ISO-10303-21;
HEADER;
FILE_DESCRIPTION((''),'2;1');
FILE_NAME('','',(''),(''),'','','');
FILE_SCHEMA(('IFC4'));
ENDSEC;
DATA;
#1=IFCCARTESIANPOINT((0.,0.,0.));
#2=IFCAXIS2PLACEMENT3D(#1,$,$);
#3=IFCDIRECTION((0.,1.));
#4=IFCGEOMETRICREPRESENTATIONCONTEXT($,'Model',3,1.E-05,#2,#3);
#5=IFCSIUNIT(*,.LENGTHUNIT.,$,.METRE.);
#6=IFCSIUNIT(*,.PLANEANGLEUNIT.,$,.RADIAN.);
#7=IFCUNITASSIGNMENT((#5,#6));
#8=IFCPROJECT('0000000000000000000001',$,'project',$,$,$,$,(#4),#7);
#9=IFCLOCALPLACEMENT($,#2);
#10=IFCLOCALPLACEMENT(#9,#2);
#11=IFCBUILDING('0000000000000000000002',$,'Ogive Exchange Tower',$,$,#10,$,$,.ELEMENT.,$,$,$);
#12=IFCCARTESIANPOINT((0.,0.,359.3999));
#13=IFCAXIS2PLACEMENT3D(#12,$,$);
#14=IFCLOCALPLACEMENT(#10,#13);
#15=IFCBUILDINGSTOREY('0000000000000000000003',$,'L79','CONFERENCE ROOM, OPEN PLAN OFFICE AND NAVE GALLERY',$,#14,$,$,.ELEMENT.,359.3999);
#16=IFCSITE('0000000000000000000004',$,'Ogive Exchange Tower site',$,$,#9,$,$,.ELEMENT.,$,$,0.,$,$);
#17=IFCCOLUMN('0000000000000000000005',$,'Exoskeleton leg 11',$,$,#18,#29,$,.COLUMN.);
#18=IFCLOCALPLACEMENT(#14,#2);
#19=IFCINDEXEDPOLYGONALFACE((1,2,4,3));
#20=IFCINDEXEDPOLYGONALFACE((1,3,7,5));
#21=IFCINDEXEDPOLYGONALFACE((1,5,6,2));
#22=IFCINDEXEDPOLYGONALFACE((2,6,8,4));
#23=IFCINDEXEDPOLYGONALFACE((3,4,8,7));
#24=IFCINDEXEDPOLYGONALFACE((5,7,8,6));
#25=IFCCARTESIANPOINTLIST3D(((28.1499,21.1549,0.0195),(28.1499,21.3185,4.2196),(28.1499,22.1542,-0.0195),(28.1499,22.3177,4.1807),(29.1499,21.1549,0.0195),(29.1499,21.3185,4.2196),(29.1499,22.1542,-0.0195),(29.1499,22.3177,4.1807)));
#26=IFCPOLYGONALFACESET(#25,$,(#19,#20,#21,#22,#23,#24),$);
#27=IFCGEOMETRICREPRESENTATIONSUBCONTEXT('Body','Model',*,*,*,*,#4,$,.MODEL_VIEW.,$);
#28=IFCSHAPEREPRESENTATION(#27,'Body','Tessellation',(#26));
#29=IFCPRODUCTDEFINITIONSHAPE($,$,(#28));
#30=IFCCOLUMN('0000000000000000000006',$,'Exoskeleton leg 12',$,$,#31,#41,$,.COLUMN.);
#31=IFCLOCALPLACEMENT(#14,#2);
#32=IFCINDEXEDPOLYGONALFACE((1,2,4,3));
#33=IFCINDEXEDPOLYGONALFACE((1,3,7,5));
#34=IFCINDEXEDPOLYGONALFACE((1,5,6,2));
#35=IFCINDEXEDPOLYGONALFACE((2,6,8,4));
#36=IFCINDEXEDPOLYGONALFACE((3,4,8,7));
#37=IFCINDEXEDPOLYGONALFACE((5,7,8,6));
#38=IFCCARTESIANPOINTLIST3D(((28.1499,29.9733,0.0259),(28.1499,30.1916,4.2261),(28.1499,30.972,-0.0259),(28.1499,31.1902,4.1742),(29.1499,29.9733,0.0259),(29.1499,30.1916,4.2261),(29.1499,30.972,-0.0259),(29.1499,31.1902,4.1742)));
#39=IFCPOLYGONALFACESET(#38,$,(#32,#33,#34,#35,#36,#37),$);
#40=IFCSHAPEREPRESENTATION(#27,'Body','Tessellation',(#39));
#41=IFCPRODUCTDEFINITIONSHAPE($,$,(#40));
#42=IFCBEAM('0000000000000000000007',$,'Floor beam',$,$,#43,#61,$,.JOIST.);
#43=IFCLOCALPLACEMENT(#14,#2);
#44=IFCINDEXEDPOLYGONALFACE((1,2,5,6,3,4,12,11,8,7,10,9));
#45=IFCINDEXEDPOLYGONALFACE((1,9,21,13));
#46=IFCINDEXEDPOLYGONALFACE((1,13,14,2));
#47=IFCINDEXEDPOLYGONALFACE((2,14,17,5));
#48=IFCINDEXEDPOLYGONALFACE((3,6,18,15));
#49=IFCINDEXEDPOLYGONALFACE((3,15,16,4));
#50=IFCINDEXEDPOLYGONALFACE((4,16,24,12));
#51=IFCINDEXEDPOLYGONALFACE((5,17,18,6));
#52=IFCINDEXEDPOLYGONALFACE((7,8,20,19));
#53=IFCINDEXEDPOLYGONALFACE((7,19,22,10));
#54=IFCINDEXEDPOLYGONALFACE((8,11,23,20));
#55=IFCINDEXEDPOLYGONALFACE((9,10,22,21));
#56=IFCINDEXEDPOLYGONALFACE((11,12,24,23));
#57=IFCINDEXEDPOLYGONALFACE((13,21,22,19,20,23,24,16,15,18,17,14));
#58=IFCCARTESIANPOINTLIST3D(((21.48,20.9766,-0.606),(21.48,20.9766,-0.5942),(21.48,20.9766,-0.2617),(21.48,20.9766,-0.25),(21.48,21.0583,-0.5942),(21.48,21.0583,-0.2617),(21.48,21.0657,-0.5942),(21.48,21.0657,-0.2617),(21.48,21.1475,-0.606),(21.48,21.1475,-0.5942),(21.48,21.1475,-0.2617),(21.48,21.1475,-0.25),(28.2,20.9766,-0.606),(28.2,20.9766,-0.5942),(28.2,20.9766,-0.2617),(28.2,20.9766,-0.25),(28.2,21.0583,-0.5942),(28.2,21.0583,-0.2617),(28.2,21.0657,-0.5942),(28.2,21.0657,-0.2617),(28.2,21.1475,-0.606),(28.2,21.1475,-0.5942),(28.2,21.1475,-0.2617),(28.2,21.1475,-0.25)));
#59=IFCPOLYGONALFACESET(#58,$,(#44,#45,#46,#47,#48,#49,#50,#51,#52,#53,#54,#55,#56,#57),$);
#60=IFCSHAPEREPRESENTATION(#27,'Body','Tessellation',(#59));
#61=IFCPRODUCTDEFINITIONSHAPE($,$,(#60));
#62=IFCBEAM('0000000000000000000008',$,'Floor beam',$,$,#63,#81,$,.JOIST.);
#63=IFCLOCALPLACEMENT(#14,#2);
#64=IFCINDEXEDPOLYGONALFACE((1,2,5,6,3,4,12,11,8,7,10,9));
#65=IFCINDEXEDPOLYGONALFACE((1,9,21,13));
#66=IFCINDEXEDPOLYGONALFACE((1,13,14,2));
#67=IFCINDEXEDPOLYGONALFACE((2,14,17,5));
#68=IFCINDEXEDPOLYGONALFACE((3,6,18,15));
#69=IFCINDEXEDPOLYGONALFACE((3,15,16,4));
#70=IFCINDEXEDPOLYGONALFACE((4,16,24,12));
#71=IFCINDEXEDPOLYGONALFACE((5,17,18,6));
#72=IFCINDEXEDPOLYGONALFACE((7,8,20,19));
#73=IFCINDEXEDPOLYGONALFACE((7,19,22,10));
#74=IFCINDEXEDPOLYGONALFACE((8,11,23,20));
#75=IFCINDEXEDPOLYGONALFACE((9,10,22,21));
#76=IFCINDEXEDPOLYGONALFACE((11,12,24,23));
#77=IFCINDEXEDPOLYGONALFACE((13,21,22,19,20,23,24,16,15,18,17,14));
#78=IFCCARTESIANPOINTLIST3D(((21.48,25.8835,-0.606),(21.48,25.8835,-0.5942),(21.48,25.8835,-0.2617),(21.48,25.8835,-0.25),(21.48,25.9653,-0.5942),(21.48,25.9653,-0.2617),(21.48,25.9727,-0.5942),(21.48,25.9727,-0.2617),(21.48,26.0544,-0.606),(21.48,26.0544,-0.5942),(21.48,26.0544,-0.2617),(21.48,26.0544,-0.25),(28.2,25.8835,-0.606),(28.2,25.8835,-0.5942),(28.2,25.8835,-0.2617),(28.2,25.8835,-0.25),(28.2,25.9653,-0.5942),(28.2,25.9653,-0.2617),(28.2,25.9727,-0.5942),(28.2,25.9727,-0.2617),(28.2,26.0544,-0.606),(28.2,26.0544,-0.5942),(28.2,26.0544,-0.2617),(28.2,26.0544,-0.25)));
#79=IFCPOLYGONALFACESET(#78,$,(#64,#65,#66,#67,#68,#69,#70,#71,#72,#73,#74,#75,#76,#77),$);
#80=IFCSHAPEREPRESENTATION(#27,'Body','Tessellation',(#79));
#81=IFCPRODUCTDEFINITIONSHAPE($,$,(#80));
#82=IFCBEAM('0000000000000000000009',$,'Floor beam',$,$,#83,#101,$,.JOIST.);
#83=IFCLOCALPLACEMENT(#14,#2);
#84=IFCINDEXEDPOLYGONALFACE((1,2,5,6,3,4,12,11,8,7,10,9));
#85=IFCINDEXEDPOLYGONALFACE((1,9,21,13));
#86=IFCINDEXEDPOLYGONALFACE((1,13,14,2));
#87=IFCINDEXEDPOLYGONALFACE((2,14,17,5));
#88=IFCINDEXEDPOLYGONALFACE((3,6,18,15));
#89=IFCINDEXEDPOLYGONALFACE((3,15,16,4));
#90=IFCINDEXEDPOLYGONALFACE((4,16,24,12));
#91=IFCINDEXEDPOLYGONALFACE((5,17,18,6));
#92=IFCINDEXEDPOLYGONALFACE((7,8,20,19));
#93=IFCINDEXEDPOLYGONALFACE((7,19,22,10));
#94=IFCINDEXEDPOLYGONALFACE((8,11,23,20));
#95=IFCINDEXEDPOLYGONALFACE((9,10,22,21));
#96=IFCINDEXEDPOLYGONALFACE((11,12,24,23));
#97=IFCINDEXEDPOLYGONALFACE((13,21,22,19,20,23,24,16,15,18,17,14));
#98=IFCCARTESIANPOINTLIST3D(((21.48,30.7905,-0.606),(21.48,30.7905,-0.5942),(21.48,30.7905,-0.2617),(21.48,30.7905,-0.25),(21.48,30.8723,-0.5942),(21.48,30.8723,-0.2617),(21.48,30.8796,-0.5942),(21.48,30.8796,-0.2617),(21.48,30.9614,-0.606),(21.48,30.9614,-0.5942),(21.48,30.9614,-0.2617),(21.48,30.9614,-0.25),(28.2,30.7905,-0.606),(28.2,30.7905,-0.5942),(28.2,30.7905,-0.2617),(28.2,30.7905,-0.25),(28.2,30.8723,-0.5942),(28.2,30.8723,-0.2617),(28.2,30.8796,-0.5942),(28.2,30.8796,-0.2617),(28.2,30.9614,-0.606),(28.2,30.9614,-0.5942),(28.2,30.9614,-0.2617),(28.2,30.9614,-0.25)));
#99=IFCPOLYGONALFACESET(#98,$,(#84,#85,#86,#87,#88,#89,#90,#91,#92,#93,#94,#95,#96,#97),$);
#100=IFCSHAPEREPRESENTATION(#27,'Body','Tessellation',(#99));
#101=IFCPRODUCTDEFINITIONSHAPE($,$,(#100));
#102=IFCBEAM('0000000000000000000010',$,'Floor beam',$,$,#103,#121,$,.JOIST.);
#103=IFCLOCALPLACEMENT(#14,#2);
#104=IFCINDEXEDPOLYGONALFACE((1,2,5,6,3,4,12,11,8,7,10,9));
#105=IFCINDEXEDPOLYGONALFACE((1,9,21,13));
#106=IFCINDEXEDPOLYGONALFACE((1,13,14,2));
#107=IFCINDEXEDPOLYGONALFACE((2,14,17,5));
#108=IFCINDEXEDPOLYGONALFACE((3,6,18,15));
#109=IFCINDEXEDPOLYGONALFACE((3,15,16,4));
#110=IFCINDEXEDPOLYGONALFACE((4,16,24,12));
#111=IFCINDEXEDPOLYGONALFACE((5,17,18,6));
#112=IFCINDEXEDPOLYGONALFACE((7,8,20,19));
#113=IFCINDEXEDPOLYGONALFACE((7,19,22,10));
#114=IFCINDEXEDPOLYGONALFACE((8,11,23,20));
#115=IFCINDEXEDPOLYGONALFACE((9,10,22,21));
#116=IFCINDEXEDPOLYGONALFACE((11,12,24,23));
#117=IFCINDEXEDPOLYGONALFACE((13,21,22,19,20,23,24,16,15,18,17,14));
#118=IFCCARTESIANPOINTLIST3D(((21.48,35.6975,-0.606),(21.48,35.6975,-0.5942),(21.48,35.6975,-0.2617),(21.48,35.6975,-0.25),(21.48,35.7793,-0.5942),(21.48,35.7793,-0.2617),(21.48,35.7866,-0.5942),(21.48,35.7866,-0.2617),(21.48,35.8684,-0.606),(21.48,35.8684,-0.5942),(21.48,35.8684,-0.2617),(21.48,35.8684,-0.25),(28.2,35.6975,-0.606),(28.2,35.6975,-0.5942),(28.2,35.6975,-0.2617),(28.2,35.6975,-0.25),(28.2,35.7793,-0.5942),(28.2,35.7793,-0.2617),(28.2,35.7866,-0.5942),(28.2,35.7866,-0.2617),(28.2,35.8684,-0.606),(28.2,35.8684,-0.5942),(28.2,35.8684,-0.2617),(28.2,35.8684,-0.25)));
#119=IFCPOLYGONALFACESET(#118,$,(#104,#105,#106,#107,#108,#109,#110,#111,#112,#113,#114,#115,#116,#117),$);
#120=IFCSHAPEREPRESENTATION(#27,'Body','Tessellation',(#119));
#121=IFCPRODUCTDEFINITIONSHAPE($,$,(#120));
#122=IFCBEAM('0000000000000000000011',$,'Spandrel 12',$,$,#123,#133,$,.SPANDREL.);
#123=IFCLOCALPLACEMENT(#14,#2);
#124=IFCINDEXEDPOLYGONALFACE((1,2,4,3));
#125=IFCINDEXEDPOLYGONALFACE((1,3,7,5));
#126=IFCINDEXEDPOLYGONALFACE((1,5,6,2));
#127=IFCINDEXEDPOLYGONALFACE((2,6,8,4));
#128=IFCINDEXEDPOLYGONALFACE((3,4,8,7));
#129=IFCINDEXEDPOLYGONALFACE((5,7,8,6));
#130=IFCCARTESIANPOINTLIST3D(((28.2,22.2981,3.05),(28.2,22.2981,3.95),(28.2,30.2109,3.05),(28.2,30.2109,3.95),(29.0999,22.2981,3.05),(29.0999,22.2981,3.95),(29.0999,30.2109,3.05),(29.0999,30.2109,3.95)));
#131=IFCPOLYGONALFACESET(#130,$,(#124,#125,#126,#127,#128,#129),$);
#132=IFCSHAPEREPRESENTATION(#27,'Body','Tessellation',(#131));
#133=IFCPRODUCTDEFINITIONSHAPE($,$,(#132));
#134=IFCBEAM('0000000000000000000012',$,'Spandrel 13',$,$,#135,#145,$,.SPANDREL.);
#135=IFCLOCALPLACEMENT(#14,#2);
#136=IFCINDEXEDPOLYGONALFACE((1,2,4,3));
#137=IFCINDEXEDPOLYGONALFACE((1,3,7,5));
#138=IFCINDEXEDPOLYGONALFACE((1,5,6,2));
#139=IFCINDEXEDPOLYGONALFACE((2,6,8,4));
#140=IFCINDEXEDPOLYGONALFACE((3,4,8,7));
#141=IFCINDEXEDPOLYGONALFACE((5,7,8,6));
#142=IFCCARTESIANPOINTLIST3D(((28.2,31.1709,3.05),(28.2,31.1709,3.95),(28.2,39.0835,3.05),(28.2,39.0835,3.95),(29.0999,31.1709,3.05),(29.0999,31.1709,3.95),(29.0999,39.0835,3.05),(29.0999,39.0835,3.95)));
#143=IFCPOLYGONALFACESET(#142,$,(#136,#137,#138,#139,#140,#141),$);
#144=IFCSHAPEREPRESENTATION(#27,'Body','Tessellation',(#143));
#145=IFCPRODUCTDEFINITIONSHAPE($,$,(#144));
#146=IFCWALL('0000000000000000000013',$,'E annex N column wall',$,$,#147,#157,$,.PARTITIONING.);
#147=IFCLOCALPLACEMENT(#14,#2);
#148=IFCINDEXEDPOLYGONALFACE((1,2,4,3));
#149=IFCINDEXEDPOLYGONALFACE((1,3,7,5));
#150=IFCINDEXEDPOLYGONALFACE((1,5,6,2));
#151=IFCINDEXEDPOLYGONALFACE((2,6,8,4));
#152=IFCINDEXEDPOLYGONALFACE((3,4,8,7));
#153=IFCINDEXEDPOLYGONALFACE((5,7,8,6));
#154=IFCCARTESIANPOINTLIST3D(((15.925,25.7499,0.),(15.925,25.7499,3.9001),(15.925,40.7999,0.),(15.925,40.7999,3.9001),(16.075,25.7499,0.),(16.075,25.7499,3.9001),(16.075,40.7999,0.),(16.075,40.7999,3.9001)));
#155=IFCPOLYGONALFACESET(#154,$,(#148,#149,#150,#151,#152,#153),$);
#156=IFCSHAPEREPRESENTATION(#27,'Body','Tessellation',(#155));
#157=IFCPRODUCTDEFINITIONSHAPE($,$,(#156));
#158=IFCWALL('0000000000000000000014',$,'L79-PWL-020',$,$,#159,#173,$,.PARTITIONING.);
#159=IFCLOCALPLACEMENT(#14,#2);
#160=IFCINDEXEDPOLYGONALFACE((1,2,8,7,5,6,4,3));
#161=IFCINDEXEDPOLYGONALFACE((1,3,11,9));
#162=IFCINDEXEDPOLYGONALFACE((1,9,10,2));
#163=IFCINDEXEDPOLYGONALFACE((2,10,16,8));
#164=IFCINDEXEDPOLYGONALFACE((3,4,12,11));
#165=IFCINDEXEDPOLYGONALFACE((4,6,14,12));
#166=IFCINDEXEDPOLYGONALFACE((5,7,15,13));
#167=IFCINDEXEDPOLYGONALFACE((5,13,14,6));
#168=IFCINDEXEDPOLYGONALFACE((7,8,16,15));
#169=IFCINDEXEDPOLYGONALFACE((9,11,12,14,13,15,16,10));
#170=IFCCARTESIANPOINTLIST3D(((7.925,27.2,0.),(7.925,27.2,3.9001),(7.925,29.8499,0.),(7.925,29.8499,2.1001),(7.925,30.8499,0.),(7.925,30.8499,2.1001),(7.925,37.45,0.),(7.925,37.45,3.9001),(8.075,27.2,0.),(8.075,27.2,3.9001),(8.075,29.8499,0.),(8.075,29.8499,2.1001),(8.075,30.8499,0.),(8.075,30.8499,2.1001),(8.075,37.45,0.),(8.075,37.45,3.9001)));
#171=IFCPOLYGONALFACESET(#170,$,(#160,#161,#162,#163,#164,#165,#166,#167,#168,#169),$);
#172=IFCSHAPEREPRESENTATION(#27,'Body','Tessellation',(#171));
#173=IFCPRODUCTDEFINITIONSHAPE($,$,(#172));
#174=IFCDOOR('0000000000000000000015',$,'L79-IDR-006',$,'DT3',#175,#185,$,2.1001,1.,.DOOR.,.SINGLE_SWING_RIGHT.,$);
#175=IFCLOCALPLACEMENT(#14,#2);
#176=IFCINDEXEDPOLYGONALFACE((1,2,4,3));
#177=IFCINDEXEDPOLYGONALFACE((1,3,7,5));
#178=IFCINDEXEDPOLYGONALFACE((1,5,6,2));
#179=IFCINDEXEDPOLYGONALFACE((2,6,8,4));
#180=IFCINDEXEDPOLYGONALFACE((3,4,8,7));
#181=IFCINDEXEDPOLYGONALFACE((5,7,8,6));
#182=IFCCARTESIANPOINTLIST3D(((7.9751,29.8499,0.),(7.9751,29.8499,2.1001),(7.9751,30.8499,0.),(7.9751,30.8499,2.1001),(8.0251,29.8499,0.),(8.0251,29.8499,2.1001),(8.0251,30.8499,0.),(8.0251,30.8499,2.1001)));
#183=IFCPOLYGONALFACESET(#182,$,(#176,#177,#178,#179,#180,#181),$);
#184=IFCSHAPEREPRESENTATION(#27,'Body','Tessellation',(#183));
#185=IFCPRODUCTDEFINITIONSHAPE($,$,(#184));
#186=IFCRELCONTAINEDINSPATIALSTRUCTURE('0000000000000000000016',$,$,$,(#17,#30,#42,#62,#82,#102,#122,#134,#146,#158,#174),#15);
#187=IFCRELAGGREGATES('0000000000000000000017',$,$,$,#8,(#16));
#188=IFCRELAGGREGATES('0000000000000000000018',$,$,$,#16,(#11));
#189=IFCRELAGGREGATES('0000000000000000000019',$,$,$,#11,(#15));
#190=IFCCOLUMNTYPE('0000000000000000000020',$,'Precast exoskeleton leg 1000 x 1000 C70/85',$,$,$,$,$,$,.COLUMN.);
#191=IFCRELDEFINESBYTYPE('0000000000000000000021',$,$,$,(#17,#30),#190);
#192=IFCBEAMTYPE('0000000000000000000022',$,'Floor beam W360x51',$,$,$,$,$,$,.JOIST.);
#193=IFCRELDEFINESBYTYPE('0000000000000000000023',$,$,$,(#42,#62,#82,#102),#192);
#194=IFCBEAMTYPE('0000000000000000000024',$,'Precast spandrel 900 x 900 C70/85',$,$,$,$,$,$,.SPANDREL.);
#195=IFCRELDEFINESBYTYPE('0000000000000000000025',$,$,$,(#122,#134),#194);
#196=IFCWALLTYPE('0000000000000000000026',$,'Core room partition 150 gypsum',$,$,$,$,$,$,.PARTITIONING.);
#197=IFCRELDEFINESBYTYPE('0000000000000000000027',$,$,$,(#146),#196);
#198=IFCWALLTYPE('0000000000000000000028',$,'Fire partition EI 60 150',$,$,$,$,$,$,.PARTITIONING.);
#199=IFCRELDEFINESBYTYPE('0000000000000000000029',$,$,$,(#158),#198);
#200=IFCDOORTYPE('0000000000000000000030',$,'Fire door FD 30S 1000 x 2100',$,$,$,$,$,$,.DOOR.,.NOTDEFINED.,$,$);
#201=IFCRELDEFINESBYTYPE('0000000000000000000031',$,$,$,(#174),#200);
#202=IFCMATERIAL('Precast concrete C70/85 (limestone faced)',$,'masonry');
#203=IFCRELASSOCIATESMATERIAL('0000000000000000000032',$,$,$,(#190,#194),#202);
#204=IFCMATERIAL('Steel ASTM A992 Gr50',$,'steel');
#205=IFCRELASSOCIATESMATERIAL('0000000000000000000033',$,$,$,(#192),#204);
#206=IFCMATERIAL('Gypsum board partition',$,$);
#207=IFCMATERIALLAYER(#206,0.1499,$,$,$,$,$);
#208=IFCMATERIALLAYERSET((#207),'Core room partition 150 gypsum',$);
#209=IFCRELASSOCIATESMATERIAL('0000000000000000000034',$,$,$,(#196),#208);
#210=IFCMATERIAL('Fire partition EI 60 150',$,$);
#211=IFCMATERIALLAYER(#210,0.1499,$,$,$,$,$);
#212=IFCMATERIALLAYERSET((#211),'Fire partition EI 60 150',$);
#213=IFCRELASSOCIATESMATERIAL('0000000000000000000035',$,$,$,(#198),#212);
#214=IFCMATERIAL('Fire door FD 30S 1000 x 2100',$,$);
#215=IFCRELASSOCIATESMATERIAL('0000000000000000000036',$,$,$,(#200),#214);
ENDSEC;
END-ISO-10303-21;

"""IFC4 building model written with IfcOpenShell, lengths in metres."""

from ifc_helpers import new_model, si_unit, direction, frame, frame_2d, origin, origin_2d, place, context, subcontext, project, spatial, rectangle, i_section, extrude, material, layer, layer_set, material_profile, profile_set, type_object, element, fill, save


model = new_model("IFC4")

# Units and contexts
model_context = context("Model", 3, precision=1e-05, world=origin(), true_north=direction((0.0, 1.0)))
body_context = subcontext(model_context, "Body", "Model", "MODEL_VIEW")
ifc_project = project(units=[si_unit("LENGTHUNIT", "METRE"), si_unit("PLANEANGLEUNIT", "RADIAN")], contexts=[model_context])

# Site, building, storey
site_placement = place(None, origin())
site = spatial("IfcSite", under=ifc_project, at=site_placement, Name="Ogive Exchange Tower site", CompositionType="ELEMENT", RefElevation=0.0)
building_placement = place(site_placement, origin())
building = spatial("IfcBuilding", under=site, at=building_placement, Name="Ogive Exchange Tower", CompositionType="ELEMENT")
storey_placement = place(building_placement, frame((0.0, 0.0, 359.3999)))
storey = spatial("IfcBuildingStorey", under=building, at=storey_placement, Name="L79", Description="CONFERENCE ROOM, OPEN PLAN OFFICE AND NAVE GALLERY", CompositionType="ELEMENT", Elevation=359.3999)

# Columns
ifc_material_1 = material(Name="Precast concrete C70/85 (limestone faced)", Category="masonry")
ifc_material_profile_1 = material_profile(ifc_material_1, rectangle(XDim=1.0, YDim=1.0, at=origin_2d()), Name="1000 x 1000")
ifc_profile_set_1 = profile_set([ifc_material_profile_1], Name="Precast concrete C70/85 (limestone faced)")
column_type = type_object("IfcColumnType", Name="Precast exoskeleton leg 1000 x 1000 C70/85", PredefinedType="COLUMN", material=ifc_profile_set_1)
column_1_placement = place(storey_placement, frame((28.6499, 21.6545, 0.0), z_axis=(0.0, 0.038915, 0.999243), x_axis=(-1.0, 0.0, 0.0)))
element("IfcColumn", 1, at=column_1_placement, inside=storey, type_object=column_type, Name="Exoskeleton leg 11", PredefinedType="COLUMN", context=body_context, shape_type="SweptSolid", body=[
    extrude(rectangle(XDim=1.0, YDim=1.0, at=origin_2d()), origin(), (0.0, 0.0, 1.0), 4.2034),
])
column_2_placement = place(storey_placement, frame((28.6499, 30.4727, 0.0), z_axis=(0.0, 0.051895, 0.998653), x_axis=(-1.0, 0.0, 0.0)))
element("IfcColumn", 2, at=column_2_placement, inside=storey, type_object=column_type, Name="Exoskeleton leg 12", PredefinedType="COLUMN", context=body_context, shape_type="SweptSolid", body=[
    extrude(rectangle(XDim=1.0, YDim=1.0, at=origin_2d()), origin(), (0.0, 0.0, 1.0), 4.2058),
])

# Beams
ifc_material_2 = material(Name="Steel ASTM A992 Gr50", Category="steel")
ifc_material_profile_2 = material_profile(ifc_material_2, i_section(OverallWidth=0.1709, OverallDepth=0.356, WebThickness=0.0073, FlangeThickness=0.0117, at=origin_2d()), Name="W360x51")
ifc_profile_set_2 = profile_set([ifc_material_profile_2], Name="Steel ASTM A992 Gr50")
beam_type_1 = type_object("IfcBeamType", Name="Floor beam W360x51", PredefinedType="JOIST", material=ifc_profile_set_2)
for number, where, z_axis, x_axis, name in (
    (3, (21.48, 21.062, -0.428), (1.0, 0.0, 0.0), (0.0, 1.0, 0.0), "Floor beam"),
    (4, (21.48, 25.969, -0.428), (1.0, 0.0, 0.0), (0.0, 1.0, 0.0), "Floor beam"),
    (5, (21.48, 30.876, -0.428), (1.0, 0.0, 0.0), (0.0, 1.0, 0.0), "Floor beam"),
    (6, (21.48, 35.783, -0.428), (1.0, 0.0, 0.0), (0.0, 1.0, 0.0), "Floor beam"),
):
    element("IfcBeam", number, at=place(storey_placement, frame(where, z_axis=z_axis, x_axis=x_axis)), inside=storey, type_object=beam_type_1, Name=name, PredefinedType="JOIST", context=body_context, shape_type="SweptSolid", body=[
        extrude(i_section(OverallWidth=0.1709, OverallDepth=0.356, WebThickness=0.0073, FlangeThickness=0.0117, at=origin_2d()), origin(), (0.0, 0.0, 1.0), 6.72),
    ])
ifc_material_profile_3 = material_profile(ifc_material_1, rectangle(XDim=0.8999, YDim=0.8999, at=origin_2d()), Name="900 x 900")
ifc_profile_set_3 = profile_set([ifc_material_profile_3], Name="Precast concrete C70/85 (limestone faced)")
beam_type_2 = type_object("IfcBeamType", Name="Precast spandrel 900 x 900 C70/85", PredefinedType="SPANDREL", material=ifc_profile_set_3)
beam_1_placement = place(storey_placement, frame((28.6499, 22.2981, 3.5), z_axis=(0.0, 1.0, 0.0), x_axis=(-1.0, 0.0, 0.0)))
element("IfcBeam", 7, at=beam_1_placement, inside=storey, type_object=beam_type_2, Name="Spandrel 12", PredefinedType="SPANDREL", context=body_context, shape_type="SweptSolid", body=[
    extrude(rectangle(XDim=0.8999, YDim=0.8999, at=origin_2d()), origin(), (0.0, 0.0, 1.0), 7.9128),
])
beam_2_placement = place(storey_placement, frame((28.6499, 31.1709, 3.5), z_axis=(0.0, 1.0, 0.0), x_axis=(-1.0, 0.0, 0.0)))
element("IfcBeam", 8, at=beam_2_placement, inside=storey, type_object=beam_type_2, Name="Spandrel 13", PredefinedType="SPANDREL", context=body_context, shape_type="SweptSolid", body=[
    extrude(rectangle(XDim=0.8999, YDim=0.8999, at=origin_2d()), origin(), (0.0, 0.0, 1.0), 7.9126),
])

# Wall
ifc_material_3 = material(Name="Gypsum board partition")
ifc_layer_1 = layer(ifc_material_3, 0.1499)
ifc_layer_set_1 = layer_set([ifc_layer_1], Name="Core room partition 150 gypsum")
wall_type_1 = type_object("IfcWallType", Name="Core room partition 150 gypsum", PredefinedType="PARTITIONING", material=ifc_layer_set_1)
wall_1_placement = place(storey_placement, frame((16.0, 25.75, 0.0), z_axis=(0.0, 0.0, 1.0), x_axis=(0.0, 1.0, 0.0)))
element("IfcWall", 9, at=wall_1_placement, inside=storey, type_object=wall_type_1, Name="E annex N column wall", PredefinedType="PARTITIONING", context=body_context, shape_type="SweptSolid", body=[
    extrude(rectangle(XDim=15.05, YDim=0.1499, at=frame_2d((7.5249, 0.0))), origin(), (0.0, 0.0, 1.0), 3.9001),
])

# Wall, opening, door
ifc_material_4 = material(Name="Fire partition EI 60 150")
ifc_layer_2 = layer(ifc_material_4, 0.1499)
ifc_layer_set_2 = layer_set([ifc_layer_2], Name="Fire partition EI 60 150")
wall_type_2 = type_object("IfcWallType", Name="Fire partition EI 60 150", PredefinedType="PARTITIONING", material=ifc_layer_set_2)
wall_2_placement = place(storey_placement, frame((8.0, 27.2, 0.0), z_axis=(0.0, 0.0, 1.0), x_axis=(0.0, 1.0, 0.0)))
wall_2 = element("IfcWall", 10, at=wall_2_placement, inside=storey, type_object=wall_type_2, Name="L79-PWL-020", PredefinedType="PARTITIONING", context=body_context, shape_type="SweptSolid", body=[
    extrude(rectangle(XDim=10.25, YDim=0.1499, at=frame_2d((5.125, 0.0))), origin(), (0.0, 0.0, 1.0), 3.9001),
])
opening_1_placement = place(wall_2_placement, frame((2.6499, 0.0, 0.0)))
opening_1 = element("IfcOpeningElement", 11, at=opening_1_placement, cuts=wall_2, PredefinedType="OPENING", context=body_context, shape_type="SweptSolid", body=[
    extrude(rectangle(XDim=1.0, YDim=2.1001, at=frame_2d((0.5, 1.05))), frame((0.0, 0.085, 0.0), z_axis=(0.0, -1.0, 0.0), x_axis=(1.0, 0.0, 0.0)), (0.0, 0.0, 1.0), 0.1699),
])
ifc_material_5 = material(Name="Fire door FD 30S 1000 x 2100")
door_type_1 = type_object("IfcDoorType", Name="Fire door FD 30S 1000 x 2100", OperationType="NOTDEFINED", PredefinedType="DOOR", material=ifc_material_5)
door_1_placement = place(opening_1_placement, origin())
door_1 = element("IfcDoor", 12, at=door_1_placement, inside=storey, type_object=door_type_1, Name="L79-IDR-006", ObjectType="DT3", OperationType="SINGLE_SWING_RIGHT", OverallHeight=2.1001, OverallWidth=1.0, PredefinedType="DOOR", context=body_context, shape_type="SweptSolid", body=[
    extrude(rectangle(XDim=1.0, YDim=2.1001, at=frame_2d((0.5, 1.05))), frame((0.0, 0.0249, 0.0), z_axis=(0.0, -1.0, 0.0), x_axis=(1.0, 0.0, 0.0)), (0.0, 0.0, 1.0), 0.05),
])
fill(opening_1, door_1)

save(model, "model.ifc")
